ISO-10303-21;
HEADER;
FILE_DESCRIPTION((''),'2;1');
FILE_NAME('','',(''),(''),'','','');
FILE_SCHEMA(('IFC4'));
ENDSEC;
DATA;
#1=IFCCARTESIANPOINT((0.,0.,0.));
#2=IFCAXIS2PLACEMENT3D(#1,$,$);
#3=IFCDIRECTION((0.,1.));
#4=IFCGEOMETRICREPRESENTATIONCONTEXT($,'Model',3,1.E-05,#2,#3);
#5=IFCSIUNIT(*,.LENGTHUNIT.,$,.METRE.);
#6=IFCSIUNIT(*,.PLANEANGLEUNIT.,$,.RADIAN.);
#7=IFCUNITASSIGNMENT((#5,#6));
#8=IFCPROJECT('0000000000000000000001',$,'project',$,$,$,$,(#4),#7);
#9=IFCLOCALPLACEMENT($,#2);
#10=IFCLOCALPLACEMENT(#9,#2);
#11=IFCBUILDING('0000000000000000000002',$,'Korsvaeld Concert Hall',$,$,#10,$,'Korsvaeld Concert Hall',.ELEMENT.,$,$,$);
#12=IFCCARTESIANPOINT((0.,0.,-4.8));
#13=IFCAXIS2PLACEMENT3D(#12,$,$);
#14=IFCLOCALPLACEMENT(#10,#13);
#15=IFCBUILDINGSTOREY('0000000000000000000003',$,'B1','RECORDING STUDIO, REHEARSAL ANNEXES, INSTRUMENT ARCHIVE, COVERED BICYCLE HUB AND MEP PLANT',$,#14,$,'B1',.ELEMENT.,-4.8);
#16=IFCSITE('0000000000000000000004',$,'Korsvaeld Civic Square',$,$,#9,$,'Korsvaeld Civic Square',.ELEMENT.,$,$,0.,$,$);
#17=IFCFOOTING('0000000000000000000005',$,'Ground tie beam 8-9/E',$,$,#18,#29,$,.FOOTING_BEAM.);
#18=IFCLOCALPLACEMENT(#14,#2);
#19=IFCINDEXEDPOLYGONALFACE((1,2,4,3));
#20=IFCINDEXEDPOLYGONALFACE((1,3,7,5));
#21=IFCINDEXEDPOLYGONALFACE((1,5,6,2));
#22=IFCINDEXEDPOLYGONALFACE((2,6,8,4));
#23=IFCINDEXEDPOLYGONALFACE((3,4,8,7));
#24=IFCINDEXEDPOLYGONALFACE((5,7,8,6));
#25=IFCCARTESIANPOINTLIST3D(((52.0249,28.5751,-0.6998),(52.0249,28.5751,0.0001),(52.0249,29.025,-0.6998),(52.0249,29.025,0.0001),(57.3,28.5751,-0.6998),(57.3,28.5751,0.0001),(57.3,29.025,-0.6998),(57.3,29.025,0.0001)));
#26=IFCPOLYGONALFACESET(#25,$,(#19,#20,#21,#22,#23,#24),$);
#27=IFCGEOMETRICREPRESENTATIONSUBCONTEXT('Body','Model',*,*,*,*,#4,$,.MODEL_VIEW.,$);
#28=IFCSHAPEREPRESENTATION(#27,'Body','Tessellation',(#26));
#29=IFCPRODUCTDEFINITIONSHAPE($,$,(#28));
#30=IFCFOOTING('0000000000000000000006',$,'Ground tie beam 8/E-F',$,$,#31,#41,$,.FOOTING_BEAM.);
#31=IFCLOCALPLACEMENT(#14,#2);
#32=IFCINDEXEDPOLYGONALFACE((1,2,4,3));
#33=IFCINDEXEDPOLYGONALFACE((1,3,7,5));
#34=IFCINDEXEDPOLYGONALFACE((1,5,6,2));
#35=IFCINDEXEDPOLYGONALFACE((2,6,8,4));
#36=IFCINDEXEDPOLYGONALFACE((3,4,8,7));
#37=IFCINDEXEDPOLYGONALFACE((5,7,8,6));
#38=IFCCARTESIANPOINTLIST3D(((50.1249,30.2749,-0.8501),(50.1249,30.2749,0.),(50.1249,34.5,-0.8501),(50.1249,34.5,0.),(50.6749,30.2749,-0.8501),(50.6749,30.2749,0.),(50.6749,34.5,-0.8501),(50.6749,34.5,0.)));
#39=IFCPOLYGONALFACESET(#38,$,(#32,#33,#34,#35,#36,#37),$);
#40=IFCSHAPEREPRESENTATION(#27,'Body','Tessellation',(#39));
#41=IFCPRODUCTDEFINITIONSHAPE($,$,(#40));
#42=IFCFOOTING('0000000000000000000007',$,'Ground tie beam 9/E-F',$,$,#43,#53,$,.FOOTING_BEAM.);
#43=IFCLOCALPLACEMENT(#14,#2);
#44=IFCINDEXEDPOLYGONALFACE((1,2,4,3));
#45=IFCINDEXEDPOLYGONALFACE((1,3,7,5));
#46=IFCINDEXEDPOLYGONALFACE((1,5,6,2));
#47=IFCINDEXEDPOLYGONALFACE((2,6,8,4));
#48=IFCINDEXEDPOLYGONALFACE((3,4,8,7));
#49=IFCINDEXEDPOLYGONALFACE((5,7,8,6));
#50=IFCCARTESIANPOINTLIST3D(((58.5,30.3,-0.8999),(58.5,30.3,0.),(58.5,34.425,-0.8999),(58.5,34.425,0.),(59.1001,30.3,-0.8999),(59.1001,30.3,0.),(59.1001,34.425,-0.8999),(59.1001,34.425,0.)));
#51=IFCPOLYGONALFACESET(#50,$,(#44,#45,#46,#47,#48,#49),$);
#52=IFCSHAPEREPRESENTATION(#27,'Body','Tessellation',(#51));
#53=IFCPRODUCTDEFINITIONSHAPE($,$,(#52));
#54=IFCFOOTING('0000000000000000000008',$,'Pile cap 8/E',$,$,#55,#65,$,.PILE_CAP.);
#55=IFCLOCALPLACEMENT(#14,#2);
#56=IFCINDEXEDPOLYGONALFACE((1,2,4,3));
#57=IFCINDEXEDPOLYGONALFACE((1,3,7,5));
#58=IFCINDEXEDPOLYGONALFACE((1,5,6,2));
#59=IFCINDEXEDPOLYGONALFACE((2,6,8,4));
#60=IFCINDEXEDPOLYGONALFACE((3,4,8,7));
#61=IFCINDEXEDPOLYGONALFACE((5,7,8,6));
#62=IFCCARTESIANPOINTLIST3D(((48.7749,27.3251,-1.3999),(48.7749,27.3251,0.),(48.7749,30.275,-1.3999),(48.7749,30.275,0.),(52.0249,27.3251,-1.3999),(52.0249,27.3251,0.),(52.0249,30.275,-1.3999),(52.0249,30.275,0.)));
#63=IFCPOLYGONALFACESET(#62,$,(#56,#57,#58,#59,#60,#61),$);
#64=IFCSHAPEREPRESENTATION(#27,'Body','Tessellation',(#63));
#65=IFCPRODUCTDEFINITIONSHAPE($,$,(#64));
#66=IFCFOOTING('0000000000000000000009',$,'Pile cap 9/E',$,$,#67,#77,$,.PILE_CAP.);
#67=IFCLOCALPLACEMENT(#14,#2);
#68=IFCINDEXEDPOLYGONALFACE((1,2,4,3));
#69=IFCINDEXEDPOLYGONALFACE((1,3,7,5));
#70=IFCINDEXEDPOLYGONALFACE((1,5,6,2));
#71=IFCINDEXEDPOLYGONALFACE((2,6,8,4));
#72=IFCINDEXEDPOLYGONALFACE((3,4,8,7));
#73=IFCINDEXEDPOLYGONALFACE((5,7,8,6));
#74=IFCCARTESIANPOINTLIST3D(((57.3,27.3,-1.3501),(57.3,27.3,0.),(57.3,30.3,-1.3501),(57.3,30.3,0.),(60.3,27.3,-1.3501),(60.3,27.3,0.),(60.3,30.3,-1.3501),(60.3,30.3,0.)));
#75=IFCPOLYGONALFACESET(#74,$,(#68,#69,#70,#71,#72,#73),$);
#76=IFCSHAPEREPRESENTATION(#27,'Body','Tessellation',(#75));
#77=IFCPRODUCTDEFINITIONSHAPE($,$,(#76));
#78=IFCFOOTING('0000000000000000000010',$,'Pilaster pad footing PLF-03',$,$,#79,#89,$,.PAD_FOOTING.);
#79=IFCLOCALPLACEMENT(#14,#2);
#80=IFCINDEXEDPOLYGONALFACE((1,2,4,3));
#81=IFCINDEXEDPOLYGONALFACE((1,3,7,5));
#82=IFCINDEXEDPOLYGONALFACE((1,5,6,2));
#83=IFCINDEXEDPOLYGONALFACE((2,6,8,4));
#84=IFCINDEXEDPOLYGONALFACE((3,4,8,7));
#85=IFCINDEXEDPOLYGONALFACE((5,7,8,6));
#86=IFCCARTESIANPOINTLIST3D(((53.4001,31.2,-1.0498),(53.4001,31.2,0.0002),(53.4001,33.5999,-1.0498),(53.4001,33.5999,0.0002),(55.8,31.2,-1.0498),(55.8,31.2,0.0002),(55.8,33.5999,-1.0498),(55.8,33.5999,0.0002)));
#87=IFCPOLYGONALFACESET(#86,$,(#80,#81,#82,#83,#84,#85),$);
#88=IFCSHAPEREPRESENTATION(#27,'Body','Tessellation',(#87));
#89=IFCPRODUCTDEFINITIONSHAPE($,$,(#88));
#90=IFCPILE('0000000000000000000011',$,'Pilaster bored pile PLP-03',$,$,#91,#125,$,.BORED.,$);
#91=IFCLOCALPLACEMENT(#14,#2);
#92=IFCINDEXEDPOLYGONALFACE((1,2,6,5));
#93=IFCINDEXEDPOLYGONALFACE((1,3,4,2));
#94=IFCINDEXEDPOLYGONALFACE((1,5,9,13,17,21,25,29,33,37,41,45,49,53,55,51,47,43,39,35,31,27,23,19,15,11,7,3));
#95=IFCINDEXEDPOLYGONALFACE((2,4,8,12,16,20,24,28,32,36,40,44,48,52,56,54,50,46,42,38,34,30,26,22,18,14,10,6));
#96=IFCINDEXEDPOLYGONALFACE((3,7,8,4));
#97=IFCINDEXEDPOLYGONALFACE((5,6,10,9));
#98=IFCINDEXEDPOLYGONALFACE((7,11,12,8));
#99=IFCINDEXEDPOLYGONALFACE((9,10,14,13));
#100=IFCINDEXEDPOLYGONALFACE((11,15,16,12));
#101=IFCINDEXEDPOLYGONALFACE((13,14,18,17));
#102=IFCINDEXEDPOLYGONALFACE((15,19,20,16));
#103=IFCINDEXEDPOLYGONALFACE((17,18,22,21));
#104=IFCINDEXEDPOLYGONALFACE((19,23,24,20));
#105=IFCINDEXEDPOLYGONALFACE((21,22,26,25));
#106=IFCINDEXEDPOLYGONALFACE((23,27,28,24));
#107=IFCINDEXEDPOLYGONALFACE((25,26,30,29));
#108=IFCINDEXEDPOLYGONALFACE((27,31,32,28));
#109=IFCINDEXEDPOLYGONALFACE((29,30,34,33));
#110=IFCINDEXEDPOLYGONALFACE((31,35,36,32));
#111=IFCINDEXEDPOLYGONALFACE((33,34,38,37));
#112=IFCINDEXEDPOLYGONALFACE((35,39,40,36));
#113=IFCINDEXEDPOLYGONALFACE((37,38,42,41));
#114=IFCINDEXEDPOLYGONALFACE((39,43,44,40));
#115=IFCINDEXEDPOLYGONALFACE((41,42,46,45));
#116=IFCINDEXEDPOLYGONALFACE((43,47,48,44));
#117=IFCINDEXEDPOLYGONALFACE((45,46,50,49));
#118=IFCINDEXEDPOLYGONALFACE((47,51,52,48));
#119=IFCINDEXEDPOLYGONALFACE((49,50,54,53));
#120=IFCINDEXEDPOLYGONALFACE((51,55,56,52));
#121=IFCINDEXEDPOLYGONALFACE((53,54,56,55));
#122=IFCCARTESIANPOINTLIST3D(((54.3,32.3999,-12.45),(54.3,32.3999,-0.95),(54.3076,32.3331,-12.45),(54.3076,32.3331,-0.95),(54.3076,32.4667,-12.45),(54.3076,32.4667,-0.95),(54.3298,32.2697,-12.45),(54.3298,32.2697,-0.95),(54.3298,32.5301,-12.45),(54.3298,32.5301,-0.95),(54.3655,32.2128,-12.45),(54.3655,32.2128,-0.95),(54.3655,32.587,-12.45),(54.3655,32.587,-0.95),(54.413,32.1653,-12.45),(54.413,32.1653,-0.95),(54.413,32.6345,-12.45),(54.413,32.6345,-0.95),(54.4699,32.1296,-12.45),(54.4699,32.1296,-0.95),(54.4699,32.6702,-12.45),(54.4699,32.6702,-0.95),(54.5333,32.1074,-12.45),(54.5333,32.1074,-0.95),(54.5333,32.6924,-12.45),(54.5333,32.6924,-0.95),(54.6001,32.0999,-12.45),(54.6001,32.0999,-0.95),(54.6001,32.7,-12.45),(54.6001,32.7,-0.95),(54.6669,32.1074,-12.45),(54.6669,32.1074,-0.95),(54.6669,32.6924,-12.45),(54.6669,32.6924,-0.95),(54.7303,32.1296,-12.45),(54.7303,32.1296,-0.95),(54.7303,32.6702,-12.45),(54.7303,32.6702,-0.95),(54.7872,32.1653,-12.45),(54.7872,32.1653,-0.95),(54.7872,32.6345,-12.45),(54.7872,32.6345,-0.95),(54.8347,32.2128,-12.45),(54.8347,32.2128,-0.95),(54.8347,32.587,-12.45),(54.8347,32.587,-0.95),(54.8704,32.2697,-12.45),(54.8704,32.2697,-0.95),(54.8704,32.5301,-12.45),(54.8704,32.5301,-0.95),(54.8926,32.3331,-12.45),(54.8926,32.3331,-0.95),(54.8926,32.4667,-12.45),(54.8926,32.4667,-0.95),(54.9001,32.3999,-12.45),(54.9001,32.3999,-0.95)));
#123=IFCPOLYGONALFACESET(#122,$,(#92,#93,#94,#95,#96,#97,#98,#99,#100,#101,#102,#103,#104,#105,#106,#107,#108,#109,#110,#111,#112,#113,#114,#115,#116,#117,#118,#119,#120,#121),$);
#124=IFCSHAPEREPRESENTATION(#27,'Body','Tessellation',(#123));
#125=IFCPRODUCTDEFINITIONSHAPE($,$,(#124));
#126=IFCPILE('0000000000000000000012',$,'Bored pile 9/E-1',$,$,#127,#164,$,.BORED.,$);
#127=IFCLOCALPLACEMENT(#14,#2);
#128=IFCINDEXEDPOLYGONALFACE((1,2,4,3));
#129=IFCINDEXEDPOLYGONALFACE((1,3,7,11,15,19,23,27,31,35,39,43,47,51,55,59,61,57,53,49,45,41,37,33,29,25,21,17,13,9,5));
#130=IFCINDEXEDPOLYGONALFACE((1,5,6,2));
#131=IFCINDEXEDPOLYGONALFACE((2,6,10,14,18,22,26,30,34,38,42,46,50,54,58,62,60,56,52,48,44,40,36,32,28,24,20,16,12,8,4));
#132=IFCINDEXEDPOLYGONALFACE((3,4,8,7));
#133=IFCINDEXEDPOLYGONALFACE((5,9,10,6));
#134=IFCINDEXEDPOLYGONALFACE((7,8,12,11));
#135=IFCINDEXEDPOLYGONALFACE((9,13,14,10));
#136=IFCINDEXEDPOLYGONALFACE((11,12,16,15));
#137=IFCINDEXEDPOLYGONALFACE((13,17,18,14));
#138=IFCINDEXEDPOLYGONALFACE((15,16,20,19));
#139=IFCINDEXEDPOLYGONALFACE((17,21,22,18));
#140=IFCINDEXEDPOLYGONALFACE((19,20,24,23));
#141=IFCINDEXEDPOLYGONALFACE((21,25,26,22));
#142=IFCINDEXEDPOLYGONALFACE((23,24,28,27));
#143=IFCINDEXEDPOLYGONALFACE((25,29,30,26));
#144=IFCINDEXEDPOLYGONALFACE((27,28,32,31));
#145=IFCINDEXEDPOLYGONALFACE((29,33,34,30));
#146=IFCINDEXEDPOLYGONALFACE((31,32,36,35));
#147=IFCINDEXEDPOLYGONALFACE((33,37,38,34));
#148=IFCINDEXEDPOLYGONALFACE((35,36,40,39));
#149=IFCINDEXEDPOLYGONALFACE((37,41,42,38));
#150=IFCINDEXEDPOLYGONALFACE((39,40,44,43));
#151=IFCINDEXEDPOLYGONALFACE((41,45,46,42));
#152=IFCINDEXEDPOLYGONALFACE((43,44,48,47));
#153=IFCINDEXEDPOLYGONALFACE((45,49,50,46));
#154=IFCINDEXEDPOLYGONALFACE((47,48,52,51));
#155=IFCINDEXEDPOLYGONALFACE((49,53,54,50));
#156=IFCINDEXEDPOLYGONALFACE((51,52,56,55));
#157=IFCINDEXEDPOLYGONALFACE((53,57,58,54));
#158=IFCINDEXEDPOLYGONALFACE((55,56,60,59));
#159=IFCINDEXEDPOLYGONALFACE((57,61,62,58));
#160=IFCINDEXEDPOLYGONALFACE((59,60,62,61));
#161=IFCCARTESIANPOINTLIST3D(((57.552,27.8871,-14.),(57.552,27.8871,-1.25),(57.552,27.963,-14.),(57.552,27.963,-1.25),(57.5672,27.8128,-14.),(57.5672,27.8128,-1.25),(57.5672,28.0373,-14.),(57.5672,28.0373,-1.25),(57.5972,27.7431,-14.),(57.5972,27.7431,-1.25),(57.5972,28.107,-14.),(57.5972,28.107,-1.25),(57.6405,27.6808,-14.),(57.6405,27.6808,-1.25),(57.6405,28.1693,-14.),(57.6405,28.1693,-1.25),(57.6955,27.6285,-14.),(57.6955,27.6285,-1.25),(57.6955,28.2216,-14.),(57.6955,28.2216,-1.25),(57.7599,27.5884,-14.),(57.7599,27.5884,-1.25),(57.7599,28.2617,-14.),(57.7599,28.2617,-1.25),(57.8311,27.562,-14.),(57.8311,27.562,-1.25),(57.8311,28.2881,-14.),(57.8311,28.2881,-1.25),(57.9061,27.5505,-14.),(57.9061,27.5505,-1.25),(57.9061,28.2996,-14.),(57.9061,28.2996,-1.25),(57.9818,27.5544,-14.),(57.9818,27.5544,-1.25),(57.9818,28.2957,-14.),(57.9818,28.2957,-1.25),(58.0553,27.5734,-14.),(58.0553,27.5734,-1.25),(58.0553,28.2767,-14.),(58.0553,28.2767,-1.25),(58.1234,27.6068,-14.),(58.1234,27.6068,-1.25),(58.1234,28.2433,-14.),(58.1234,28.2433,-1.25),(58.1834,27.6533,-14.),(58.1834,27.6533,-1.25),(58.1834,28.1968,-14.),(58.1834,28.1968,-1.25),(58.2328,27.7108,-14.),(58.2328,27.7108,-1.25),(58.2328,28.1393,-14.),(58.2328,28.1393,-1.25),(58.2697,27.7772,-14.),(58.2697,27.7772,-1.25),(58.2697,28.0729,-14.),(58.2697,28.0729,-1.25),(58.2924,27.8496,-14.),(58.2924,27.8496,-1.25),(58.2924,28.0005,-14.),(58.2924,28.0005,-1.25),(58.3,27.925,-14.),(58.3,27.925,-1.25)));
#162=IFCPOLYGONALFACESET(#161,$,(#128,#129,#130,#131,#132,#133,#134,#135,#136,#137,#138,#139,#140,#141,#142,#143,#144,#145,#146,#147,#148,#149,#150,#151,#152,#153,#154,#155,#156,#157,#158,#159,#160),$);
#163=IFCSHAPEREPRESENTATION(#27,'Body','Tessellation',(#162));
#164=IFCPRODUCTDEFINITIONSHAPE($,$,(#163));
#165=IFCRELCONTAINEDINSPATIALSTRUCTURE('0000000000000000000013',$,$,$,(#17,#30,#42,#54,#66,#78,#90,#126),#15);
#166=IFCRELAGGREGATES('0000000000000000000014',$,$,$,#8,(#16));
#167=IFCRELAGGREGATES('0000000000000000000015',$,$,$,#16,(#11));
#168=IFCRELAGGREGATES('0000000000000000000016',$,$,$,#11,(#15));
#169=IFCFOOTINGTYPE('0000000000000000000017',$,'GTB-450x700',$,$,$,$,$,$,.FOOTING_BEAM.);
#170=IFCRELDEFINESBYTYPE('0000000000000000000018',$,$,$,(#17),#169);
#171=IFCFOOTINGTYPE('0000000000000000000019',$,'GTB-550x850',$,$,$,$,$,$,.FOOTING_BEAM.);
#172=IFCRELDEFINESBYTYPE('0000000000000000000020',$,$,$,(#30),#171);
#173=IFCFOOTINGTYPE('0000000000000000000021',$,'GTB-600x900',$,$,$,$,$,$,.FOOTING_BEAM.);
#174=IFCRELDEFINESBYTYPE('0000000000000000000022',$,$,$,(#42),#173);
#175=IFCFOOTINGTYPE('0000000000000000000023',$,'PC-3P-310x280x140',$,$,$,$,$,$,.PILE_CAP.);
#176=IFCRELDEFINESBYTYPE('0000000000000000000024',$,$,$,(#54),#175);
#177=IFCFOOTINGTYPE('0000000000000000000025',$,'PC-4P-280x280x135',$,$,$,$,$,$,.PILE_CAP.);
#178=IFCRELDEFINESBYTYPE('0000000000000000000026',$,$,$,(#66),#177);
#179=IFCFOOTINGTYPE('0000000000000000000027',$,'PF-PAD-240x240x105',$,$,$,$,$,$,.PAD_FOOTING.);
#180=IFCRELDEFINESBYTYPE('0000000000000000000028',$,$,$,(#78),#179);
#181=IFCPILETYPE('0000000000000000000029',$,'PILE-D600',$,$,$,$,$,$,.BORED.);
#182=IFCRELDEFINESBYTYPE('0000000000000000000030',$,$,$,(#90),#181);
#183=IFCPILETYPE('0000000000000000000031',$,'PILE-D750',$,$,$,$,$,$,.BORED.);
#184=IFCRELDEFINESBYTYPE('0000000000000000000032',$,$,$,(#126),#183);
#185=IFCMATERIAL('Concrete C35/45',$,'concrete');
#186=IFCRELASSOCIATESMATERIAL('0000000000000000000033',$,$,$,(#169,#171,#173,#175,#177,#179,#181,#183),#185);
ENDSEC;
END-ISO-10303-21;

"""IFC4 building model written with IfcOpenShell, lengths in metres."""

from ifc_helpers import new_model, si_unit, direction, frame, origin, origin_2d, place, context, subcontext, project, spatial, rectangle, circle, extrude, material, material_profile, profile_set, type_object, element, save


model = new_model("IFC4")

# Units and contexts
model_context = context("Model", 3, precision=1e-05, world=origin(), true_north=direction((0.0, 1.0)))
body_context = subcontext(model_context, "Body", "Model", "MODEL_VIEW")
ifc_project = project(units=[si_unit("LENGTHUNIT", "METRE"), si_unit("PLANEANGLEUNIT", "RADIAN")], contexts=[model_context])

# Site, building, storey
site_placement = place(None, origin())
site = spatial("IfcSite", under=ifc_project, at=site_placement, Name="Korsvaeld Civic Square", LongName="Korsvaeld Civic Square", CompositionType="ELEMENT", RefElevation=0.0)
building_placement = place(site_placement, origin())
building = spatial("IfcBuilding", under=site, at=building_placement, Name="Korsvaeld Concert Hall", LongName="Korsvaeld Concert Hall", CompositionType="ELEMENT")
storey_placement = place(building_placement, frame((0.0, 0.0, -4.8)))
storey = spatial("IfcBuildingStorey", under=building, at=storey_placement, Name="B1", Description="RECORDING STUDIO, REHEARSAL ANNEXES, INSTRUMENT ARCHIVE, COVERED BICYCLE HUB AND MEP PLANT", LongName="B1", CompositionType="ELEMENT", Elevation=-4.8)

# Footings
ifc_material_1 = material(Name="Concrete C35/45", Category="concrete")
ifc_material_profile_1 = material_profile(ifc_material_1, rectangle(XDim=0.45, YDim=0.7, at=origin_2d()), Name="GTB 450x700")
ifc_profile_set_1 = profile_set([ifc_material_profile_1], Name="Concrete C35/45")
footing_type_1 = type_object("IfcFootingType", Name="GTB-450x700", PredefinedType="FOOTING_BEAM", material=ifc_profile_set_1)
footing_1_placement = place(storey_placement, frame((52.0249, 28.8, -0.3499), z_axis=(1.0, 0.0, 0.0), x_axis=(0.0, 1.0, 0.0)))
element("IfcFooting", 1, at=footing_1_placement, inside=storey, type_object=footing_type_1, Name="Ground tie beam 8-9/E", PredefinedType="FOOTING_BEAM", context=body_context, shape_type="SweptSolid", body=[
    extrude(rectangle(XDim=0.45, YDim=0.7, at=origin_2d()), origin(), (0.0, 0.0, 1.0), 5.2751),
])
ifc_material_profile_2 = material_profile(ifc_material_1, rectangle(XDim=0.55, YDim=0.8501, at=origin_2d()), Name="GTB 550x850")
ifc_profile_set_2 = profile_set([ifc_material_profile_2], Name="Concrete C35/45")
footing_type_2 = type_object("IfcFootingType", Name="GTB-550x850", PredefinedType="FOOTING_BEAM", material=ifc_profile_set_2)
footing_2_placement = place(storey_placement, frame((50.3999, 30.2749, -0.425), z_axis=(0.0, 1.0, 0.0), x_axis=(-1.0, 0.0, 0.0)))
element("IfcFooting", 2, at=footing_2_placement, inside=storey, type_object=footing_type_2, Name="Ground tie beam 8/E-F", PredefinedType="FOOTING_BEAM", context=body_context, shape_type="SweptSolid", body=[
    extrude(rectangle(XDim=0.55, YDim=0.8501, at=origin_2d()), origin(), (0.0, 0.0, 1.0), 4.2251),
])
ifc_material_profile_3 = material_profile(ifc_material_1, rectangle(XDim=0.6001, YDim=0.8999, at=origin_2d()), Name="GTB 600x900")
ifc_profile_set_3 = profile_set([ifc_material_profile_3], Name="Concrete C35/45")
footing_type_3 = type_object("IfcFootingType", Name="GTB-600x900", PredefinedType="FOOTING_BEAM", material=ifc_profile_set_3)
footing_3_placement = place(storey_placement, frame((58.8, 30.3, -0.45), z_axis=(0.0, 1.0, 0.0), x_axis=(-1.0, 0.0, 0.0)))
element("IfcFooting", 3, at=footing_3_placement, inside=storey, type_object=footing_type_3, Name="Ground tie beam 9/E-F", PredefinedType="FOOTING_BEAM", context=body_context, shape_type="SweptSolid", body=[
    extrude(rectangle(XDim=0.6001, YDim=0.8999, at=origin_2d()), origin(), (0.0, 0.0, 1.0), 4.125),
])
footing_type_4 = type_object("IfcFootingType", Name="PC-3P-310x280x140", PredefinedType="PILE_CAP", material=ifc_material_1)
footing_4_placement = place(storey_placement, frame((50.3999, 28.8, -1.3999), z_axis=(0.0, 0.0, 1.0), x_axis=(1.0, 0.0, 0.0)))
element("IfcFooting", 4, at=footing_4_placement, inside=storey, type_object=footing_type_4, Name="Pile cap 8/E", PredefinedType="PILE_CAP", context=body_context, shape_type="SweptSolid", body=[
    extrude(rectangle(XDim=3.25, YDim=2.95, at=origin_2d()), origin(), (0.0, 0.0, 1.0), 1.3999),
])
footing_type_5 = type_object("IfcFootingType", Name="PC-4P-280x280x135", PredefinedType="PILE_CAP", material=ifc_material_1)
footing_5_placement = place(storey_placement, frame((58.8, 28.8, -1.3501), z_axis=(0.0, 0.0, 1.0), x_axis=(1.0, 0.0, 0.0)))
element("IfcFooting", 5, at=footing_5_placement, inside=storey, type_object=footing_type_5, Name="Pile cap 9/E", PredefinedType="PILE_CAP", context=body_context, shape_type="SweptSolid", body=[
    extrude(rectangle(XDim=3.0, YDim=3.0, at=origin_2d()), origin(), (0.0, 0.0, 1.0), 1.3501),
])
footing_type_6 = type_object("IfcFootingType", Name="PF-PAD-240x240x105", PredefinedType="PAD_FOOTING", material=ifc_material_1)
footing_6_placement = place(storey_placement, frame((54.6001, 32.3999, -1.0498), z_axis=(0.0, 0.0, 1.0), x_axis=(1.0, 0.0, 0.0)))
element("IfcFooting", 6, at=footing_6_placement, inside=storey, type_object=footing_type_6, Name="Pilaster pad footing PLF-03", PredefinedType="PAD_FOOTING", context=body_context, shape_type="SweptSolid", body=[
    extrude(rectangle(XDim=2.3999, YDim=2.3999, at=origin_2d()), origin(), (0.0, 0.0, 1.0), 1.05),
])

# Piles
ifc_material_profile_4 = material_profile(ifc_material_1, circle(Radius=0.3, at=origin_2d()), Name="BORED PILE D600")
ifc_profile_set_4 = profile_set([ifc_material_profile_4], Name="Concrete C35/45")
pile_type_1 = type_object("IfcPileType", Name="PILE-D600", PredefinedType="BORED", material=ifc_profile_set_4)
pile_placement = place(storey_placement, frame((54.6001, 32.3999, -0.95), z_axis=(0.0, 0.0, -1.0), x_axis=(1.0, 0.0, 0.0)))
element("IfcPile", 7, at=pile_placement, inside=storey, type_object=pile_type_1, Name="Pilaster bored pile PLP-03", PredefinedType="BORED", context=body_context, shape_type="SweptSolid", body=[
    extrude(circle(Radius=0.3, at=origin_2d()), origin(), (0.0, 0.0, 1.0), 11.5),
])
ifc_material_profile_5 = material_profile(ifc_material_1, circle(Radius=0.375, at=origin_2d()), Name="BORED PILE D750")
ifc_profile_set_5 = profile_set([ifc_material_profile_5], Name="Concrete C35/45")
pile_type_2 = type_object("IfcPileType", Name="PILE-D750", PredefinedType="BORED", material=ifc_profile_set_5)
for number, where, z_axis, x_axis, name in (
    (8, (57.925, 27.925, -1.25), (0.0, 0.0, -1.0), (1.0, 0.0, 0.0), "Bored pile 9/E-1"),
):
    element("IfcPile", number, at=place(storey_placement, frame(where, z_axis=z_axis, x_axis=x_axis)), inside=storey, type_object=pile_type_2, Name=name, PredefinedType="BORED", context=body_context, shape_type="SweptSolid", body=[
        extrude(circle(Radius=0.375, at=origin_2d()), origin(), (0.0, 0.0, 1.0), 12.75),
    ])

save(model, "model.ifc")
